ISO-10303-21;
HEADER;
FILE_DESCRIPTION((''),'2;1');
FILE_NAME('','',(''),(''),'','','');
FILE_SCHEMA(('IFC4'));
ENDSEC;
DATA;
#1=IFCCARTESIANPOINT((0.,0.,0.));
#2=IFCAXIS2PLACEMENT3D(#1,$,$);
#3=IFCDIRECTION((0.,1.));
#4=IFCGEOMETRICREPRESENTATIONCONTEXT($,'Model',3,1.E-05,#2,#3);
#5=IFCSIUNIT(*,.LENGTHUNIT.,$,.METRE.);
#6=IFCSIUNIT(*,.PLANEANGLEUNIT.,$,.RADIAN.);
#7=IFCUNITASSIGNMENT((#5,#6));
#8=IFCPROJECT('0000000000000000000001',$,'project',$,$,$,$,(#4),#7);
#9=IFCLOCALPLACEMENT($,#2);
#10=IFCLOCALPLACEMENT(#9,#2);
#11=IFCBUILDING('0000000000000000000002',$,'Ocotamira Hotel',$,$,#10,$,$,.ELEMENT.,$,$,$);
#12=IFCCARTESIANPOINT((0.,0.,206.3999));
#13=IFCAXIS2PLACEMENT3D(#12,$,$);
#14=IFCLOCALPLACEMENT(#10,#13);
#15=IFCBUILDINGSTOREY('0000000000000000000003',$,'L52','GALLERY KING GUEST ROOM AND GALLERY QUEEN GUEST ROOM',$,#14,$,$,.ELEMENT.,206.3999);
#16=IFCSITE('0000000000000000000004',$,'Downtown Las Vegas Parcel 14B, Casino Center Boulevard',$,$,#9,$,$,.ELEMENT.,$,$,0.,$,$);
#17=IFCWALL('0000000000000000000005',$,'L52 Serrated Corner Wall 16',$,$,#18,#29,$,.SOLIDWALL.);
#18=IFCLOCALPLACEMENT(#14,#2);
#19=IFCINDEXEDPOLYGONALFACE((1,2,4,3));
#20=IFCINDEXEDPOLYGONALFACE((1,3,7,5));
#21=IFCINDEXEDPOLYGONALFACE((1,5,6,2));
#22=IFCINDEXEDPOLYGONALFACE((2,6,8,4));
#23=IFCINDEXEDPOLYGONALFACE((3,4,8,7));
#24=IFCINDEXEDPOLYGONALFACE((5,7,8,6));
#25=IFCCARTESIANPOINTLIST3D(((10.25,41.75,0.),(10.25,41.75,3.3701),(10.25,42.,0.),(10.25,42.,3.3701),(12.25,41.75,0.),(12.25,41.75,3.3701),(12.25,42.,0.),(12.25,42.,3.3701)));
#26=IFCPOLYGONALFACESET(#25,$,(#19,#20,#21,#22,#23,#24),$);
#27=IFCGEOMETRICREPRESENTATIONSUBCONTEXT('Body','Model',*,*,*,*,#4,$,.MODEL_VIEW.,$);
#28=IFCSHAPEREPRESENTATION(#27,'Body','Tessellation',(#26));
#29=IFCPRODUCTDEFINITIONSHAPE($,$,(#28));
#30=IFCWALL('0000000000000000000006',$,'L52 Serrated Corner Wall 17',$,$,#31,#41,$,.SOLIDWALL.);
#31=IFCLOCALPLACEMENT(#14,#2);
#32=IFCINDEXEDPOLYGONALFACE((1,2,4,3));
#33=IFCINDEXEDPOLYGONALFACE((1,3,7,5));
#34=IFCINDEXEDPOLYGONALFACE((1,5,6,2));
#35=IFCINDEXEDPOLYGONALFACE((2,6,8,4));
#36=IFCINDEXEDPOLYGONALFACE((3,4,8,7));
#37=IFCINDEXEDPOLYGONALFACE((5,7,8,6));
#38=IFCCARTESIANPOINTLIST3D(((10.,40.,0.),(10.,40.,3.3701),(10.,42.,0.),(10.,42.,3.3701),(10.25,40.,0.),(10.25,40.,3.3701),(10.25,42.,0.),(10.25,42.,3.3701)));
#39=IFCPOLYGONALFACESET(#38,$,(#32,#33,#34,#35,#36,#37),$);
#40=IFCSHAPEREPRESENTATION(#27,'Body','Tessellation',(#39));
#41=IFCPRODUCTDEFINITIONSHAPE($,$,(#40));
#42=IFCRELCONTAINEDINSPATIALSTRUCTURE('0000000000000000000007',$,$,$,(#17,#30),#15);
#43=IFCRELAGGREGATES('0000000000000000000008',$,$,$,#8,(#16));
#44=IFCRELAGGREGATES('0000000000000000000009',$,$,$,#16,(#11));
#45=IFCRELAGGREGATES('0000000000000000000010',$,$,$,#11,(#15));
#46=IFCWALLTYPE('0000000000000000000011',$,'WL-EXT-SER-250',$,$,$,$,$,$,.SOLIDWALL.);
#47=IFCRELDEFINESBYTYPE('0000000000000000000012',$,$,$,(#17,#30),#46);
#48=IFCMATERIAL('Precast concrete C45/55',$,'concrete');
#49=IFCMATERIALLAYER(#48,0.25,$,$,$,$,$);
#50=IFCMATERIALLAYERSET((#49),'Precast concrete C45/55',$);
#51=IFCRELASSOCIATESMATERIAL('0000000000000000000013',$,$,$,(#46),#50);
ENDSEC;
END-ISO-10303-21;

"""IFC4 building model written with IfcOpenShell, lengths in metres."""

from ifc_helpers import new_model, si_unit, direction, frame, frame_2d, origin, place, context, subcontext, project, spatial, rectangle, extrude, material, layer, layer_set, type_object, element, save


model = new_model("IFC4")

# Units and contexts
model_context = context("Model", 3, precision=1e-05, world=origin(), true_north=direction((0.0, 1.0)))
body_context = subcontext(model_context, "Body", "Model", "MODEL_VIEW")
ifc_project = project(units=[si_unit("LENGTHUNIT", "METRE"), si_unit("PLANEANGLEUNIT", "RADIAN")], contexts=[model_context])

# Site, building, storey
site_placement = place(None, origin())
site = spatial("IfcSite", under=ifc_project, at=site_placement, Name="Downtown Las Vegas Parcel 14B, Casino Center Boulevard", CompositionType="ELEMENT", RefElevation=0.0)
building_placement = place(site_placement, origin())
building = spatial("IfcBuilding", under=site, at=building_placement, Name="Ocotamira Hotel", CompositionType="ELEMENT")
storey_placement = place(building_placement, frame((0.0, 0.0, 206.3999)))
storey = spatial("IfcBuildingStorey", under=building, at=storey_placement, Name="L52", Description="GALLERY KING GUEST ROOM AND GALLERY QUEEN GUEST ROOM", CompositionType="ELEMENT", Elevation=206.3999)

# Shared definitions
ifc_material_1 = material(Name="Precast concrete C45/55", Category="concrete")
ifc_layer_1 = layer(ifc_material_1, 0.25)
ifc_layer_set_1 = layer_set([ifc_layer_1], Name="Precast concrete C45/55")
wall_type = type_object("IfcWallType", Name="WL-EXT-SER-250", PredefinedType="SOLIDWALL", material=ifc_layer_set_1)

# Walls
for number, where, z_axis, x_axis, name in (
    (1, (12.25, 41.875, 0.0), (0.0, 0.0, 1.0), (-1.0, 0.0, 0.0), "L52 Serrated Corner Wall 16"),
    (2, (10.125, 42.0, 0.0), (0.0, 0.0, 1.0), (0.0, -1.0, 0.0), "L52 Serrated Corner Wall 17"),
):
    element("IfcWall", number, at=place(storey_placement, frame(where, z_axis=z_axis, x_axis=x_axis)), inside=storey, type_object=wall_type, Name=name, PredefinedType="SOLIDWALL", context=body_context, shape_type="SweptSolid", body=[
        extrude(rectangle(XDim=2.0, YDim=0.25, at=frame_2d((1.0, 0.0))), origin(), (0.0, 0.0, 1.0), 3.3701),
    ])

save(model, "model.ifc")
